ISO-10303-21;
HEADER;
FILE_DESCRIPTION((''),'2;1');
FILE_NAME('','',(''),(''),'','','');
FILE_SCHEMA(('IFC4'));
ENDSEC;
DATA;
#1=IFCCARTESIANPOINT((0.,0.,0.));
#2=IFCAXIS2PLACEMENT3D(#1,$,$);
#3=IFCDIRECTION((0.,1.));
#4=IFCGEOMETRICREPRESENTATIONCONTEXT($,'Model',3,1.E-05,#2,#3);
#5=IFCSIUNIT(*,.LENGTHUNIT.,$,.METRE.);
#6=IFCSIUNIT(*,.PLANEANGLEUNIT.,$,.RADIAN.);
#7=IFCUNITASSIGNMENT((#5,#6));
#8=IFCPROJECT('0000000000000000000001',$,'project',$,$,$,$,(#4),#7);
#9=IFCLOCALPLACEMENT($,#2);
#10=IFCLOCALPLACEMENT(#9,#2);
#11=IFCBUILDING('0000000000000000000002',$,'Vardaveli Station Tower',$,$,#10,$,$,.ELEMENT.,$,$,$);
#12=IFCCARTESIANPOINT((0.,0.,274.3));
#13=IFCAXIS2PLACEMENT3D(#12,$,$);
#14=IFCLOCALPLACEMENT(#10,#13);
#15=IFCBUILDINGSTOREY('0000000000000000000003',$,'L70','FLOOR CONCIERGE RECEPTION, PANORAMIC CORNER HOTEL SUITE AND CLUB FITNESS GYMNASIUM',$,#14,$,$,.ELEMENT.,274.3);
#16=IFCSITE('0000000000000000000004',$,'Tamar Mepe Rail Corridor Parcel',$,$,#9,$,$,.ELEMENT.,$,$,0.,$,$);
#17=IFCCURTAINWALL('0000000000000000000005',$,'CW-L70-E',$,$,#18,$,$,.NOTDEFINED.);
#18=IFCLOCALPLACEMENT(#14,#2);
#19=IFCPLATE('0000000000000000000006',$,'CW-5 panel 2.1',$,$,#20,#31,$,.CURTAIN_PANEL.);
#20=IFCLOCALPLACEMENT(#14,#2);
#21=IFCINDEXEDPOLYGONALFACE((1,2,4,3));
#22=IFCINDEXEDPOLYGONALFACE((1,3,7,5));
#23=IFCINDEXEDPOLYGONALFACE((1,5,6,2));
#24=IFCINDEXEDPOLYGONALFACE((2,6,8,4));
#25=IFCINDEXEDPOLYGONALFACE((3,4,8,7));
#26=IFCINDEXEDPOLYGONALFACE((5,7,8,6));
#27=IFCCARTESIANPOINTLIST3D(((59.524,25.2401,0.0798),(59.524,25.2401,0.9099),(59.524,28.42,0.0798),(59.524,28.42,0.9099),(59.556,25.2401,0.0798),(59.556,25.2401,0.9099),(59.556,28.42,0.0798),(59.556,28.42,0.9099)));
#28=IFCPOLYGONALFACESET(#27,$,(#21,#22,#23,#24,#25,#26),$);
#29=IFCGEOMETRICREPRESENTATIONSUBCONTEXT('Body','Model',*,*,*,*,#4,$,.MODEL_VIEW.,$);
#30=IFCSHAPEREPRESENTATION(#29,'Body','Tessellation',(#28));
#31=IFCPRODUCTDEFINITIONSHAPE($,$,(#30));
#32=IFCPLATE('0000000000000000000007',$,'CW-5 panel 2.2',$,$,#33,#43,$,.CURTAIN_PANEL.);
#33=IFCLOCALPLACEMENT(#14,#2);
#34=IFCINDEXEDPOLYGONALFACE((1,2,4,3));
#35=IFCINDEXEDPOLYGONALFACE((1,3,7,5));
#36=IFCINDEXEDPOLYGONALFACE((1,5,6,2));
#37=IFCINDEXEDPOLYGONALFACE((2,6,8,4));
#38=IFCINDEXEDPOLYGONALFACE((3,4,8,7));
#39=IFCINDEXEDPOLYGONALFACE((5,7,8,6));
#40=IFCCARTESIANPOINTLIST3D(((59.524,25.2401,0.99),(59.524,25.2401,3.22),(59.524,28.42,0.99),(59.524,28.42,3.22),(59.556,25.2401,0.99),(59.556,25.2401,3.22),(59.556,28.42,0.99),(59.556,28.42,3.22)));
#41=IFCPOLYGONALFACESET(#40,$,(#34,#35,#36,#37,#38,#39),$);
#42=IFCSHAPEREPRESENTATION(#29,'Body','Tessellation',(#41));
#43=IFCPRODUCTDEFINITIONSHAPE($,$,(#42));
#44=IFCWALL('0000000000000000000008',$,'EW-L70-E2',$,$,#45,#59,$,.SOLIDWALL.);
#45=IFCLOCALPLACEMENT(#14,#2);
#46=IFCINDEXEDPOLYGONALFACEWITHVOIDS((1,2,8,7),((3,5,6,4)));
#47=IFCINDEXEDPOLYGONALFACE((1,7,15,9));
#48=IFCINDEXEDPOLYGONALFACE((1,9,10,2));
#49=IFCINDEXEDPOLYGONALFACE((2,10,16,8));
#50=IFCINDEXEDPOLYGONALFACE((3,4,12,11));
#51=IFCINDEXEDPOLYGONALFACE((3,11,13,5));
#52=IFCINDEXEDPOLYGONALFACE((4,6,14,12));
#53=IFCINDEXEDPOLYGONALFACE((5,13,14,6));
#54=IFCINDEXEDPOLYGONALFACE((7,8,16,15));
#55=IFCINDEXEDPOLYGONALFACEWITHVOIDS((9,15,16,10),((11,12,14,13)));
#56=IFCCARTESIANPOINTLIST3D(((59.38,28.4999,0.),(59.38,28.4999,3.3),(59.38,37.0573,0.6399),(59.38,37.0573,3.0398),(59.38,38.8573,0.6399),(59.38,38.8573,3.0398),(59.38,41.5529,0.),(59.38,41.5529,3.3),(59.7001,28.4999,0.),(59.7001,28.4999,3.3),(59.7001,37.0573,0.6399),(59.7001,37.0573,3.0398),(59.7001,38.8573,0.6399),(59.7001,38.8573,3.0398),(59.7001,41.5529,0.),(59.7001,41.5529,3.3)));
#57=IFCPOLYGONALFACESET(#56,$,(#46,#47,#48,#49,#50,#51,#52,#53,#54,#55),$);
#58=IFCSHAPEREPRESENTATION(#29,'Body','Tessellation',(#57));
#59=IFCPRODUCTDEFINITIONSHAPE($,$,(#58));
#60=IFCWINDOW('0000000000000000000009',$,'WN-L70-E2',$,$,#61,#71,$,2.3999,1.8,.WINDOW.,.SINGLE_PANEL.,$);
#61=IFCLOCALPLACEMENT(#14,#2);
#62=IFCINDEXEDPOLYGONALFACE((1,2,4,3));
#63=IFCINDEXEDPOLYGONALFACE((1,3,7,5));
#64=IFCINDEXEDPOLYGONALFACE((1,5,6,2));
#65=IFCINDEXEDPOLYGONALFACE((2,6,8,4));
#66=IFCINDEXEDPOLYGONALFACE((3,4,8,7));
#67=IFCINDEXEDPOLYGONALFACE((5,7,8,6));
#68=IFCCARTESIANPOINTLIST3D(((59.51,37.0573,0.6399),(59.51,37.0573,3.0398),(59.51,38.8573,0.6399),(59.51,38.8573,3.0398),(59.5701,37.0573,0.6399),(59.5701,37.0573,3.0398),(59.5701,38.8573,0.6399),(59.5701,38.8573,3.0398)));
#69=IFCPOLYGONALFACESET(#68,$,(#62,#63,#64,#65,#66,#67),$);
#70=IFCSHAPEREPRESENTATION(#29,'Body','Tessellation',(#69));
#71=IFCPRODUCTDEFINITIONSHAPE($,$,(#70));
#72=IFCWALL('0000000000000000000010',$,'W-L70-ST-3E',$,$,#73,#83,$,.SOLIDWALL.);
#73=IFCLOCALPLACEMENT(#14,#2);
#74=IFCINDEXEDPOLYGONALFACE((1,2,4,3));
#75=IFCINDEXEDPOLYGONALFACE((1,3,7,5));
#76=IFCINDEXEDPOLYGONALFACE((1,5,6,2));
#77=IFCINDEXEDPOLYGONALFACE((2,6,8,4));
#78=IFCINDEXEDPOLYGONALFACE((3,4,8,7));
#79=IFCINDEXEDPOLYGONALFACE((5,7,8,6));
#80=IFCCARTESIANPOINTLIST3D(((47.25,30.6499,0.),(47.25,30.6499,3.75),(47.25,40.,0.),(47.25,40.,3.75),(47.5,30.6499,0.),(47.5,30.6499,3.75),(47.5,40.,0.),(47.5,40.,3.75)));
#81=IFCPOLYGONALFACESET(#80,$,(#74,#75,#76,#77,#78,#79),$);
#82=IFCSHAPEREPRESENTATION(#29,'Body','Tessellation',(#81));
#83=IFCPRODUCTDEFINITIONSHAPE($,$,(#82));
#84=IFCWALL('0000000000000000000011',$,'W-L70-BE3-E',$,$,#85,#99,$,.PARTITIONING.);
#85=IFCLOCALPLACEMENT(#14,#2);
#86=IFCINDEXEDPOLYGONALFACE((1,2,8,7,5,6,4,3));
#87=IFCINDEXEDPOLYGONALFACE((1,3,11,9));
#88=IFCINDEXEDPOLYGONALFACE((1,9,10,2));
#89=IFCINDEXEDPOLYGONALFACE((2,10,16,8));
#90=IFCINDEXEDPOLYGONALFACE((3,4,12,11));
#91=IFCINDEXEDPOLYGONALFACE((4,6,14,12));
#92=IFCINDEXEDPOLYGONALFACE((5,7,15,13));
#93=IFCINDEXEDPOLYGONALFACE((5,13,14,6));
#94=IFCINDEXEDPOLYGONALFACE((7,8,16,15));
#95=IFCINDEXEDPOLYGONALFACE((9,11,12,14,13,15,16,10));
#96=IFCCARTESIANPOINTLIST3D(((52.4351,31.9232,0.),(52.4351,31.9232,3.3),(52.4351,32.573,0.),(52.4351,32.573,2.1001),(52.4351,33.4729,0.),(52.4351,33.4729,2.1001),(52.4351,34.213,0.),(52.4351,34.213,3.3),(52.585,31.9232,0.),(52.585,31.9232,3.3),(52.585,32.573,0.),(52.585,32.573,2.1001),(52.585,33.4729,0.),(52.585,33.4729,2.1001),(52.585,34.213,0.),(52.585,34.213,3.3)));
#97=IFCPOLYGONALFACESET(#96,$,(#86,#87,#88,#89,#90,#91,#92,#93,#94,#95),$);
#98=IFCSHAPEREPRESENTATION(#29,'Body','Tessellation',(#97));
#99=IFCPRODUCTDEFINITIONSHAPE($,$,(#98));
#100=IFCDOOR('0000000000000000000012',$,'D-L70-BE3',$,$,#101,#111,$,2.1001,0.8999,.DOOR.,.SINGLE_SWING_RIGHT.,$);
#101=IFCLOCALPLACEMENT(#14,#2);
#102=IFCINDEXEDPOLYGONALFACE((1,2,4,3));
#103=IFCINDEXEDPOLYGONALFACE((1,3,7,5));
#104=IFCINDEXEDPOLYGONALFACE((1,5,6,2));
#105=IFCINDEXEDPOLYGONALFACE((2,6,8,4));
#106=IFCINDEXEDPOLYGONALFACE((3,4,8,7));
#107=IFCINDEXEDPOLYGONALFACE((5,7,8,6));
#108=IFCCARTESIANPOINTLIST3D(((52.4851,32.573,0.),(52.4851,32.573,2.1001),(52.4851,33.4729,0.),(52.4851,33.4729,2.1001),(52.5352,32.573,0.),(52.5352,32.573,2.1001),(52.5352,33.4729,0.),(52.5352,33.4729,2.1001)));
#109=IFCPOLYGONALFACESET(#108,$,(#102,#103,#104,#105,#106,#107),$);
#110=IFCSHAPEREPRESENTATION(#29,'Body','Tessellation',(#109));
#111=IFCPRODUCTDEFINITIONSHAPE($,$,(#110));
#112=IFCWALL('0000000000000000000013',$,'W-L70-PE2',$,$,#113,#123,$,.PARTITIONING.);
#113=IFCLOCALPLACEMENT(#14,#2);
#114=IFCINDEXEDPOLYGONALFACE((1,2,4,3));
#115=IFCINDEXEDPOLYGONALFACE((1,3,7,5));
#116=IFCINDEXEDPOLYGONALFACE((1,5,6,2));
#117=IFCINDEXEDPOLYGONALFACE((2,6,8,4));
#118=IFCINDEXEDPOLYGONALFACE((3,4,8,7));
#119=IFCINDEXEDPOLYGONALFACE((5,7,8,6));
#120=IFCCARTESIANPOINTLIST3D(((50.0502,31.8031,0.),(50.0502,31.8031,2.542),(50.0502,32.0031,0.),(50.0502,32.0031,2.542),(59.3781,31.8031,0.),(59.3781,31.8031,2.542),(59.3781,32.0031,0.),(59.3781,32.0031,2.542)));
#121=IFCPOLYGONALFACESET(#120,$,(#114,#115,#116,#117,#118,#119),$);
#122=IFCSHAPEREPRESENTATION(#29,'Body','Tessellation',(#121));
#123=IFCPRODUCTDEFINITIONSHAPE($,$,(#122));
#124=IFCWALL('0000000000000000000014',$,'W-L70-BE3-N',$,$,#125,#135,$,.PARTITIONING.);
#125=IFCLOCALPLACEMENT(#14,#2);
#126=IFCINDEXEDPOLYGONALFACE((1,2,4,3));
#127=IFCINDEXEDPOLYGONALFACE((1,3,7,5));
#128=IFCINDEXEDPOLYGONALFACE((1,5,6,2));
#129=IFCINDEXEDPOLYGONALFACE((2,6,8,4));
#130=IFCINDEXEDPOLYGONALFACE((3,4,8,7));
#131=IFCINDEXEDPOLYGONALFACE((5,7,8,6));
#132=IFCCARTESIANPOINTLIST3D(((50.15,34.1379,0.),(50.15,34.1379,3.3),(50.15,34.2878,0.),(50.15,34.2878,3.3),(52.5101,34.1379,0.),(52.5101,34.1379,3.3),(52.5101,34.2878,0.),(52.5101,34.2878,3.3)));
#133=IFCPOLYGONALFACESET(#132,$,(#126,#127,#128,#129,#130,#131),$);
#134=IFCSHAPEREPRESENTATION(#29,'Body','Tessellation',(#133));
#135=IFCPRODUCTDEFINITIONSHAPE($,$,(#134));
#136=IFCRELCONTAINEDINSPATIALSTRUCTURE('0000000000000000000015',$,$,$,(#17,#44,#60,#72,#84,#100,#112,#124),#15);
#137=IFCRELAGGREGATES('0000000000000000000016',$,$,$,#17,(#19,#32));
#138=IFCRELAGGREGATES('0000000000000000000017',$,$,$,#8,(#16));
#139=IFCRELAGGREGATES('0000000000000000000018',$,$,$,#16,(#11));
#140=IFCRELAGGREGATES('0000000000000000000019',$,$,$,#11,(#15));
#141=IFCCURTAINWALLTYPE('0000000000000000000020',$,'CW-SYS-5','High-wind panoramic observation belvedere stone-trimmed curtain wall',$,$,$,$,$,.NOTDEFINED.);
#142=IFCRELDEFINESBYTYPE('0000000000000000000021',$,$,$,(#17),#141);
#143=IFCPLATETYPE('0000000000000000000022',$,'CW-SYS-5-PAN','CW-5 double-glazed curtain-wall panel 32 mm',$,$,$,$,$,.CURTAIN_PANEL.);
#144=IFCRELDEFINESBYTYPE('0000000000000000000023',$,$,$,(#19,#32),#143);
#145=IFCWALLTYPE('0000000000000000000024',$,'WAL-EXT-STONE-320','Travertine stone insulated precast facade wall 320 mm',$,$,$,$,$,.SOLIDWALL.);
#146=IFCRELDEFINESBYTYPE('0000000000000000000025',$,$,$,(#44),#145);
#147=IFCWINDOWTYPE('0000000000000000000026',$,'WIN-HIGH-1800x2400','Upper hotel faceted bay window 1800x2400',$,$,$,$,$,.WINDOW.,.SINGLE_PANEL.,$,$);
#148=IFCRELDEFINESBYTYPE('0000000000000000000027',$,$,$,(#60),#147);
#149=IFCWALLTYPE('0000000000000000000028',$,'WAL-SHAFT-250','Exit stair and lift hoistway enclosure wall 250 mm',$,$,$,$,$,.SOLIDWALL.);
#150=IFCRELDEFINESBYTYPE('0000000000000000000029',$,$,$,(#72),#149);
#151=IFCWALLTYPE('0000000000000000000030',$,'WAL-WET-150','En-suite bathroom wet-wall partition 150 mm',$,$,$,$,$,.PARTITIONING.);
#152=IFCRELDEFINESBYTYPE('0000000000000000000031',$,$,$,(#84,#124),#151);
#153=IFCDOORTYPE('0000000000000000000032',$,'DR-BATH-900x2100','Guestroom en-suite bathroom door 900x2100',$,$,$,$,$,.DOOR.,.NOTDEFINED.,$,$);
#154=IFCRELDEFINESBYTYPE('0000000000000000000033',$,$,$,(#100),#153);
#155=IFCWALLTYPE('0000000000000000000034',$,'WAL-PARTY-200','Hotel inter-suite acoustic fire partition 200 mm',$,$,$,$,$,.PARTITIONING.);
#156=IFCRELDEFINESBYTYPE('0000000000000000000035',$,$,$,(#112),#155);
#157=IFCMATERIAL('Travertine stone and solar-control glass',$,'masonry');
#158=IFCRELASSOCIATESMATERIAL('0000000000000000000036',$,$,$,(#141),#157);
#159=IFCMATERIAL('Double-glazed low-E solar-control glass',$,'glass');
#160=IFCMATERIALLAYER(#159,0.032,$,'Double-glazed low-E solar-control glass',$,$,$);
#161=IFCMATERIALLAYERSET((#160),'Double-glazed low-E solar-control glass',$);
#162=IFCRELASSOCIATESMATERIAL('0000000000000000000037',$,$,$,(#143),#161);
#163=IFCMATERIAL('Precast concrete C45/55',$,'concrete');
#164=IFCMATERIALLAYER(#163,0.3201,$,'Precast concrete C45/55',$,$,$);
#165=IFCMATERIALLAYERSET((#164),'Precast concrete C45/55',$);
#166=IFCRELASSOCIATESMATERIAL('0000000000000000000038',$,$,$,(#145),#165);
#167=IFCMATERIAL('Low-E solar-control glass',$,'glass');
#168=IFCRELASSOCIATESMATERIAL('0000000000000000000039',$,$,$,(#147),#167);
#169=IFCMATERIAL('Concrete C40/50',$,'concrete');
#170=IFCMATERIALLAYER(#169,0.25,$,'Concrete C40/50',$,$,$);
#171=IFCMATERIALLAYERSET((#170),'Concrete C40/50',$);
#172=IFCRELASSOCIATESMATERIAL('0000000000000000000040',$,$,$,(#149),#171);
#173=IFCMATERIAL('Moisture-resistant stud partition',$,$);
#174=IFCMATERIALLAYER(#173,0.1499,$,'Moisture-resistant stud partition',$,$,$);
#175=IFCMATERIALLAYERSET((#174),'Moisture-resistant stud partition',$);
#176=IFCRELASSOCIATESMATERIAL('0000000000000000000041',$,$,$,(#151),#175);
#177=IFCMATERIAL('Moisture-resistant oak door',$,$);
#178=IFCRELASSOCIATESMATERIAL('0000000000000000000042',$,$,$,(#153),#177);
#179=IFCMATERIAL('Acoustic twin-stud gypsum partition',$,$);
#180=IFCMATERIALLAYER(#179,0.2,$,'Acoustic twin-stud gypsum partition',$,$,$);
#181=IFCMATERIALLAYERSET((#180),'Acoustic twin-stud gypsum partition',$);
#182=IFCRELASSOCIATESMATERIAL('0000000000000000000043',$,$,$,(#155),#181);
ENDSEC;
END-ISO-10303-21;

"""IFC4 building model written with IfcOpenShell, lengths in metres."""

from ifc_helpers import new_model, si_unit, direction, frame, frame_2d, origin, origin_2d, place, context, subcontext, project, spatial, rectangle, extrude, source, transform, mapped, material, layer, layer_set, type_object, element, fill, aggregate, save


model = new_model("IFC4")

# Units and contexts
model_context = context("Model", 3, precision=1e-05, world=origin(), true_north=direction((0.0, 1.0)))
body_context = subcontext(model_context, "Body", "Model", "MODEL_VIEW")
ifc_project = project(units=[si_unit("LENGTHUNIT", "METRE"), si_unit("PLANEANGLEUNIT", "RADIAN")], contexts=[model_context])

# Site, building, storey
site_placement = place(None, origin())
site = spatial("IfcSite", under=ifc_project, at=site_placement, Name="Tamar Mepe Rail Corridor Parcel", CompositionType="ELEMENT", RefElevation=0.0)
building_placement = place(site_placement, origin())
building = spatial("IfcBuilding", under=site, at=building_placement, Name="Vardaveli Station Tower", CompositionType="ELEMENT")
storey_placement = place(building_placement, frame((0.0, 0.0, 274.3)))
storey = spatial("IfcBuildingStorey", under=building, at=storey_placement, Name="L70", Description="FLOOR CONCIERGE RECEPTION, PANORAMIC CORNER HOTEL SUITE AND CLUB FITNESS GYMNASIUM", CompositionType="ELEMENT", Elevation=274.3)

# Shared definitions
ifc_material_1 = material(Name="Precast concrete C45/55", Category="concrete")

# Curtain wall, plates
ifc_material_2 = material(Name="Travertine stone and solar-control glass", Category="masonry")
curtain_wall_type = type_object("IfcCurtainWallType", Name="CW-SYS-5", Description="High-wind panoramic observation belvedere stone-trimmed curtain wall", PredefinedType="NOTDEFINED", material=ifc_material_2)
curtain_wall_placement = place(storey_placement, origin())
curtain_wall = element("IfcCurtainWall", 1, at=curtain_wall_placement, inside=storey, type_object=curtain_wall_type, Name="CW-L70-E", PredefinedType="NOTDEFINED")
ifc_material_3 = material(Name="Double-glazed low-E solar-control glass", Category="glass")
ifc_layer_1 = layer(ifc_material_3, 0.032, Name="Double-glazed low-E solar-control glass")
ifc_layer_set_1 = layer_set([ifc_layer_1], Name="Double-glazed low-E solar-control glass")
plate_type = type_object("IfcPlateType", Name="CW-SYS-5-PAN", Description="CW-5 double-glazed curtain-wall panel 32 mm", PredefinedType="CURTAIN_PANEL", material=ifc_layer_set_1)
shared_shape_1 = source(origin(), body_context, "Body", "SweptSolid", [
    extrude(rectangle(XDim=3.1799, YDim=0.032, at=origin_2d()), origin(), (0.0, 0.0, 1.0), 0.8301),
])
plate_1_placement = place(storey_placement, frame((59.54, 26.8301, 0.0798), z_axis=(0.0, 0.0, 1.0), x_axis=(0.0, 1.0, 0.0)))
plate_1 = element("IfcPlate", 2, at=plate_1_placement, type_object=plate_type, Name="CW-5 panel 2.1", PredefinedType="CURTAIN_PANEL", context=body_context, shape_type="MappedRepresentation", body=[
    mapped(shared_shape_1, transform((0.0, 0.0, 0.0), scale=1.0)),
])
shared_shape_2 = source(origin(), body_context, "Body", "SweptSolid", [
    extrude(rectangle(XDim=3.1799, YDim=0.032, at=origin_2d()), origin(), (0.0, 0.0, 1.0), 2.23),
])
plate_2_placement = place(storey_placement, frame((59.54, 26.8301, 0.99), z_axis=(0.0, 0.0, 1.0), x_axis=(0.0, 1.0, 0.0)))
plate_2 = element("IfcPlate", 3, at=plate_2_placement, type_object=plate_type, Name="CW-5 panel 2.2", PredefinedType="CURTAIN_PANEL", context=body_context, shape_type="MappedRepresentation", body=[
    mapped(shared_shape_2, transform((0.0, 0.0, 0.0), scale=1.0)),
])
aggregate(curtain_wall, [plate_1, plate_2])

# Wall, opening, window
ifc_layer_2 = layer(ifc_material_1, 0.3201, Name="Precast concrete C45/55")
ifc_layer_set_2 = layer_set([ifc_layer_2], Name="Precast concrete C45/55")
wall_type_1 = type_object("IfcWallType", Name="WAL-EXT-STONE-320", Description="Travertine stone insulated precast facade wall 320 mm", PredefinedType="SOLIDWALL", material=ifc_layer_set_2)
shared_shape_3 = source(origin(), body_context, "Body", "SweptSolid", [
    extrude(rectangle(XDim=13.053, YDim=0.3201, at=frame_2d((6.5264, 0.0))), origin(), (0.0, 0.0, 1.0), 3.3),
])
wall_1_placement = place(storey_placement, frame((59.54, 28.5, 0.0), z_axis=(0.0, 0.0, 1.0), x_axis=(0.0, 1.0, 0.0)))
wall_1 = element("IfcWall", 4, at=wall_1_placement, inside=storey, type_object=wall_type_1, Name="EW-L70-E2", PredefinedType="SOLIDWALL", context=body_context, shape_type="MappedRepresentation", body=[
    mapped(shared_shape_3, transform((0.0, 0.0, 0.0), scale=1.0)),
])
shared_shape_4 = source(origin(), body_context, "Body", "SweptSolid", [
    extrude(rectangle(XDim=1.8, YDim=2.3999, at=frame_2d((0.8999, 1.2))), frame((0.0, 0.1699, 0.0), z_axis=(0.0, -1.0, 0.0), x_axis=(1.0, 0.0, 0.0)), (0.0, 0.0, 1.0), 0.3401),
])
opening_1_placement = place(wall_1_placement, frame((8.5574, 0.0, 0.6399)))
opening_1 = element("IfcOpeningElement", 5, at=opening_1_placement, cuts=wall_1, PredefinedType="OPENING", context=body_context, shape_type="MappedRepresentation", body=[
    mapped(shared_shape_4, transform((0.0, 0.0, 0.0), scale=1.0)),
])
ifc_material_4 = material(Name="Low-E solar-control glass", Category="glass")
window_type = type_object("IfcWindowType", Name="WIN-HIGH-1800x2400", Description="Upper hotel faceted bay window 1800x2400", PartitioningType="SINGLE_PANEL", PredefinedType="WINDOW", material=ifc_material_4)
shared_shape_5 = source(origin(), body_context, "Body", "SweptSolid", [
    extrude(rectangle(XDim=1.8, YDim=2.3999, at=frame_2d((0.8999, 1.2))), frame((0.0, 0.03, 0.0), z_axis=(0.0, -1.0, 0.0), x_axis=(1.0, 0.0, 0.0)), (0.0, 0.0, 1.0), 0.0601),
])
window_placement = place(opening_1_placement, origin())
window = element("IfcWindow", 6, at=window_placement, inside=storey, type_object=window_type, Name="WN-L70-E2", OverallHeight=2.3999, OverallWidth=1.8, PartitioningType="SINGLE_PANEL", PredefinedType="WINDOW", context=body_context, shape_type="MappedRepresentation", body=[
    mapped(shared_shape_5, transform((0.0, 0.0, 0.0), scale=1.0)),
])
fill(opening_1, window)

# Wall
ifc_material_5 = material(Name="Concrete C40/50", Category="concrete")
ifc_layer_3 = layer(ifc_material_5, 0.25, Name="Concrete C40/50")
ifc_layer_set_3 = layer_set([ifc_layer_3], Name="Concrete C40/50")
wall_type_2 = type_object("IfcWallType", Name="WAL-SHAFT-250", Description="Exit stair and lift hoistway enclosure wall 250 mm", PredefinedType="SOLIDWALL", material=ifc_layer_set_3)
shared_shape_6 = source(origin(), body_context, "Body", "SweptSolid", [
    extrude(rectangle(XDim=9.3501, YDim=0.25, at=frame_2d((4.675, 0.0))), origin(), (0.0, 0.0, 1.0), 3.75),
])
wall_2_placement = place(storey_placement, frame((47.375, 30.6499, 0.0), z_axis=(0.0, 0.0, 1.0), x_axis=(0.0, 1.0, 0.0)))
element("IfcWall", 7, at=wall_2_placement, inside=storey, type_object=wall_type_2, Name="W-L70-ST-3E", PredefinedType="SOLIDWALL", context=body_context, shape_type="MappedRepresentation", body=[
    mapped(shared_shape_6, transform((0.0, 0.0, 0.0), scale=1.0)),
])

# Wall, opening, door
ifc_material_6 = material(Name="Moisture-resistant stud partition")
ifc_layer_4 = layer(ifc_material_6, 0.1499, Name="Moisture-resistant stud partition")
ifc_layer_set_4 = layer_set([ifc_layer_4], Name="Moisture-resistant stud partition")
wall_type_3 = type_object("IfcWallType", Name="WAL-WET-150", Description="En-suite bathroom wet-wall partition 150 mm", PredefinedType="PARTITIONING", material=ifc_layer_set_4)
shared_shape_7 = source(origin(), body_context, "Body", "SweptSolid", [
    extrude(rectangle(XDim=2.2898, YDim=0.1499, at=frame_2d((1.145, 0.0))), origin(), (0.0, 0.0, 1.0), 3.3),
])
wall_3_placement = place(storey_placement, frame((52.51, 31.9231, 0.0), z_axis=(0.0, 0.0, 1.0), x_axis=(0.0, 1.0, 0.0)))
wall_3 = element("IfcWall", 8, at=wall_3_placement, inside=storey, type_object=wall_type_3, Name="W-L70-BE3-E", PredefinedType="PARTITIONING", context=body_context, shape_type="MappedRepresentation", body=[
    mapped(shared_shape_7, transform((0.0, 0.0, 0.0), scale=1.0)),
])
shared_shape_8 = source(origin(), body_context, "Body", "SweptSolid", [
    extrude(rectangle(XDim=0.8999, YDim=2.1001, at=frame_2d((0.45, 1.05))), frame((0.0, 0.085, 0.0), z_axis=(0.0, -1.0, 0.0), x_axis=(1.0, 0.0, 0.0)), (0.0, 0.0, 1.0), 0.1699),
])
opening_2_placement = place(wall_3_placement, frame((0.6499, 0.0, 0.0)))
opening_2 = element("IfcOpeningElement", 9, at=opening_2_placement, cuts=wall_3, PredefinedType="OPENING", context=body_context, shape_type="MappedRepresentation", body=[
    mapped(shared_shape_8, transform((0.0, 0.0, 0.0), scale=1.0)),
])
ifc_material_7 = material(Name="Moisture-resistant oak door")
door_type = type_object("IfcDoorType", Name="DR-BATH-900x2100", Description="Guestroom en-suite bathroom door 900x2100", OperationType="NOTDEFINED", PredefinedType="DOOR", material=ifc_material_7)
shared_shape_9 = source(origin(), body_context, "Body", "SweptSolid", [
    extrude(rectangle(XDim=0.8999, YDim=2.1001, at=frame_2d((0.45, 1.05))), frame((0.0, 0.0249, 0.0), z_axis=(0.0, -1.0, 0.0), x_axis=(1.0, 0.0, 0.0)), (0.0, 0.0, 1.0), 0.05),
])
door_placement = place(opening_2_placement, origin())
door = element("IfcDoor", 10, at=door_placement, inside=storey, type_object=door_type, Name="D-L70-BE3", OperationType="SINGLE_SWING_RIGHT", OverallHeight=2.1001, OverallWidth=0.8999, PredefinedType="DOOR", context=body_context, shape_type="MappedRepresentation", body=[
    mapped(shared_shape_9, transform((0.0, 0.0, 0.0), scale=1.0)),
])
fill(opening_2, door)

# Walls
ifc_material_8 = material(Name="Acoustic twin-stud gypsum partition")
ifc_layer_5 = layer(ifc_material_8, 0.2, Name="Acoustic twin-stud gypsum partition")
ifc_layer_set_5 = layer_set([ifc_layer_5], Name="Acoustic twin-stud gypsum partition")
wall_type_4 = type_object("IfcWallType", Name="WAL-PARTY-200", Description="Hotel inter-suite acoustic fire partition 200 mm", PredefinedType="PARTITIONING", material=ifc_layer_set_5)
shared_shape_10 = source(origin(), body_context, "Body", "SweptSolid", [
    extrude(rectangle(XDim=9.3279, YDim=0.2, at=frame_2d((4.6641, 0.0))), origin(), (0.0, 0.0, 1.0), 2.542),
])
wall_4_placement = place(storey_placement, frame((50.05, 31.9031, 0.0), z_axis=(0.0, 0.0, 1.0), x_axis=(1.0, 0.0, 0.0)))
element("IfcWall", 11, at=wall_4_placement, inside=storey, type_object=wall_type_4, Name="W-L70-PE2", PredefinedType="PARTITIONING", context=body_context, shape_type="MappedRepresentation", body=[
    mapped(shared_shape_10, transform((0.0, 0.0, 0.0), scale=1.0)),
])
shared_shape_11 = source(origin(), body_context, "Body", "SweptSolid", [
    extrude(rectangle(XDim=2.3601, YDim=0.1499, at=frame_2d((1.1802, 0.0))), origin(), (0.0, 0.0, 1.0), 3.3),
])
wall_5_placement = place(storey_placement, frame((50.1499, 34.2129, 0.0), z_axis=(0.0, 0.0, 1.0), x_axis=(1.0, 0.0, 0.0)))
element("IfcWall", 12, at=wall_5_placement, inside=storey, type_object=wall_type_3, Name="W-L70-BE3-N", PredefinedType="PARTITIONING", context=body_context, shape_type="MappedRepresentation", body=[
    mapped(shared_shape_11, transform((0.0, 0.0, 0.0), scale=1.0)),
])

save(model, "model.ifc")
